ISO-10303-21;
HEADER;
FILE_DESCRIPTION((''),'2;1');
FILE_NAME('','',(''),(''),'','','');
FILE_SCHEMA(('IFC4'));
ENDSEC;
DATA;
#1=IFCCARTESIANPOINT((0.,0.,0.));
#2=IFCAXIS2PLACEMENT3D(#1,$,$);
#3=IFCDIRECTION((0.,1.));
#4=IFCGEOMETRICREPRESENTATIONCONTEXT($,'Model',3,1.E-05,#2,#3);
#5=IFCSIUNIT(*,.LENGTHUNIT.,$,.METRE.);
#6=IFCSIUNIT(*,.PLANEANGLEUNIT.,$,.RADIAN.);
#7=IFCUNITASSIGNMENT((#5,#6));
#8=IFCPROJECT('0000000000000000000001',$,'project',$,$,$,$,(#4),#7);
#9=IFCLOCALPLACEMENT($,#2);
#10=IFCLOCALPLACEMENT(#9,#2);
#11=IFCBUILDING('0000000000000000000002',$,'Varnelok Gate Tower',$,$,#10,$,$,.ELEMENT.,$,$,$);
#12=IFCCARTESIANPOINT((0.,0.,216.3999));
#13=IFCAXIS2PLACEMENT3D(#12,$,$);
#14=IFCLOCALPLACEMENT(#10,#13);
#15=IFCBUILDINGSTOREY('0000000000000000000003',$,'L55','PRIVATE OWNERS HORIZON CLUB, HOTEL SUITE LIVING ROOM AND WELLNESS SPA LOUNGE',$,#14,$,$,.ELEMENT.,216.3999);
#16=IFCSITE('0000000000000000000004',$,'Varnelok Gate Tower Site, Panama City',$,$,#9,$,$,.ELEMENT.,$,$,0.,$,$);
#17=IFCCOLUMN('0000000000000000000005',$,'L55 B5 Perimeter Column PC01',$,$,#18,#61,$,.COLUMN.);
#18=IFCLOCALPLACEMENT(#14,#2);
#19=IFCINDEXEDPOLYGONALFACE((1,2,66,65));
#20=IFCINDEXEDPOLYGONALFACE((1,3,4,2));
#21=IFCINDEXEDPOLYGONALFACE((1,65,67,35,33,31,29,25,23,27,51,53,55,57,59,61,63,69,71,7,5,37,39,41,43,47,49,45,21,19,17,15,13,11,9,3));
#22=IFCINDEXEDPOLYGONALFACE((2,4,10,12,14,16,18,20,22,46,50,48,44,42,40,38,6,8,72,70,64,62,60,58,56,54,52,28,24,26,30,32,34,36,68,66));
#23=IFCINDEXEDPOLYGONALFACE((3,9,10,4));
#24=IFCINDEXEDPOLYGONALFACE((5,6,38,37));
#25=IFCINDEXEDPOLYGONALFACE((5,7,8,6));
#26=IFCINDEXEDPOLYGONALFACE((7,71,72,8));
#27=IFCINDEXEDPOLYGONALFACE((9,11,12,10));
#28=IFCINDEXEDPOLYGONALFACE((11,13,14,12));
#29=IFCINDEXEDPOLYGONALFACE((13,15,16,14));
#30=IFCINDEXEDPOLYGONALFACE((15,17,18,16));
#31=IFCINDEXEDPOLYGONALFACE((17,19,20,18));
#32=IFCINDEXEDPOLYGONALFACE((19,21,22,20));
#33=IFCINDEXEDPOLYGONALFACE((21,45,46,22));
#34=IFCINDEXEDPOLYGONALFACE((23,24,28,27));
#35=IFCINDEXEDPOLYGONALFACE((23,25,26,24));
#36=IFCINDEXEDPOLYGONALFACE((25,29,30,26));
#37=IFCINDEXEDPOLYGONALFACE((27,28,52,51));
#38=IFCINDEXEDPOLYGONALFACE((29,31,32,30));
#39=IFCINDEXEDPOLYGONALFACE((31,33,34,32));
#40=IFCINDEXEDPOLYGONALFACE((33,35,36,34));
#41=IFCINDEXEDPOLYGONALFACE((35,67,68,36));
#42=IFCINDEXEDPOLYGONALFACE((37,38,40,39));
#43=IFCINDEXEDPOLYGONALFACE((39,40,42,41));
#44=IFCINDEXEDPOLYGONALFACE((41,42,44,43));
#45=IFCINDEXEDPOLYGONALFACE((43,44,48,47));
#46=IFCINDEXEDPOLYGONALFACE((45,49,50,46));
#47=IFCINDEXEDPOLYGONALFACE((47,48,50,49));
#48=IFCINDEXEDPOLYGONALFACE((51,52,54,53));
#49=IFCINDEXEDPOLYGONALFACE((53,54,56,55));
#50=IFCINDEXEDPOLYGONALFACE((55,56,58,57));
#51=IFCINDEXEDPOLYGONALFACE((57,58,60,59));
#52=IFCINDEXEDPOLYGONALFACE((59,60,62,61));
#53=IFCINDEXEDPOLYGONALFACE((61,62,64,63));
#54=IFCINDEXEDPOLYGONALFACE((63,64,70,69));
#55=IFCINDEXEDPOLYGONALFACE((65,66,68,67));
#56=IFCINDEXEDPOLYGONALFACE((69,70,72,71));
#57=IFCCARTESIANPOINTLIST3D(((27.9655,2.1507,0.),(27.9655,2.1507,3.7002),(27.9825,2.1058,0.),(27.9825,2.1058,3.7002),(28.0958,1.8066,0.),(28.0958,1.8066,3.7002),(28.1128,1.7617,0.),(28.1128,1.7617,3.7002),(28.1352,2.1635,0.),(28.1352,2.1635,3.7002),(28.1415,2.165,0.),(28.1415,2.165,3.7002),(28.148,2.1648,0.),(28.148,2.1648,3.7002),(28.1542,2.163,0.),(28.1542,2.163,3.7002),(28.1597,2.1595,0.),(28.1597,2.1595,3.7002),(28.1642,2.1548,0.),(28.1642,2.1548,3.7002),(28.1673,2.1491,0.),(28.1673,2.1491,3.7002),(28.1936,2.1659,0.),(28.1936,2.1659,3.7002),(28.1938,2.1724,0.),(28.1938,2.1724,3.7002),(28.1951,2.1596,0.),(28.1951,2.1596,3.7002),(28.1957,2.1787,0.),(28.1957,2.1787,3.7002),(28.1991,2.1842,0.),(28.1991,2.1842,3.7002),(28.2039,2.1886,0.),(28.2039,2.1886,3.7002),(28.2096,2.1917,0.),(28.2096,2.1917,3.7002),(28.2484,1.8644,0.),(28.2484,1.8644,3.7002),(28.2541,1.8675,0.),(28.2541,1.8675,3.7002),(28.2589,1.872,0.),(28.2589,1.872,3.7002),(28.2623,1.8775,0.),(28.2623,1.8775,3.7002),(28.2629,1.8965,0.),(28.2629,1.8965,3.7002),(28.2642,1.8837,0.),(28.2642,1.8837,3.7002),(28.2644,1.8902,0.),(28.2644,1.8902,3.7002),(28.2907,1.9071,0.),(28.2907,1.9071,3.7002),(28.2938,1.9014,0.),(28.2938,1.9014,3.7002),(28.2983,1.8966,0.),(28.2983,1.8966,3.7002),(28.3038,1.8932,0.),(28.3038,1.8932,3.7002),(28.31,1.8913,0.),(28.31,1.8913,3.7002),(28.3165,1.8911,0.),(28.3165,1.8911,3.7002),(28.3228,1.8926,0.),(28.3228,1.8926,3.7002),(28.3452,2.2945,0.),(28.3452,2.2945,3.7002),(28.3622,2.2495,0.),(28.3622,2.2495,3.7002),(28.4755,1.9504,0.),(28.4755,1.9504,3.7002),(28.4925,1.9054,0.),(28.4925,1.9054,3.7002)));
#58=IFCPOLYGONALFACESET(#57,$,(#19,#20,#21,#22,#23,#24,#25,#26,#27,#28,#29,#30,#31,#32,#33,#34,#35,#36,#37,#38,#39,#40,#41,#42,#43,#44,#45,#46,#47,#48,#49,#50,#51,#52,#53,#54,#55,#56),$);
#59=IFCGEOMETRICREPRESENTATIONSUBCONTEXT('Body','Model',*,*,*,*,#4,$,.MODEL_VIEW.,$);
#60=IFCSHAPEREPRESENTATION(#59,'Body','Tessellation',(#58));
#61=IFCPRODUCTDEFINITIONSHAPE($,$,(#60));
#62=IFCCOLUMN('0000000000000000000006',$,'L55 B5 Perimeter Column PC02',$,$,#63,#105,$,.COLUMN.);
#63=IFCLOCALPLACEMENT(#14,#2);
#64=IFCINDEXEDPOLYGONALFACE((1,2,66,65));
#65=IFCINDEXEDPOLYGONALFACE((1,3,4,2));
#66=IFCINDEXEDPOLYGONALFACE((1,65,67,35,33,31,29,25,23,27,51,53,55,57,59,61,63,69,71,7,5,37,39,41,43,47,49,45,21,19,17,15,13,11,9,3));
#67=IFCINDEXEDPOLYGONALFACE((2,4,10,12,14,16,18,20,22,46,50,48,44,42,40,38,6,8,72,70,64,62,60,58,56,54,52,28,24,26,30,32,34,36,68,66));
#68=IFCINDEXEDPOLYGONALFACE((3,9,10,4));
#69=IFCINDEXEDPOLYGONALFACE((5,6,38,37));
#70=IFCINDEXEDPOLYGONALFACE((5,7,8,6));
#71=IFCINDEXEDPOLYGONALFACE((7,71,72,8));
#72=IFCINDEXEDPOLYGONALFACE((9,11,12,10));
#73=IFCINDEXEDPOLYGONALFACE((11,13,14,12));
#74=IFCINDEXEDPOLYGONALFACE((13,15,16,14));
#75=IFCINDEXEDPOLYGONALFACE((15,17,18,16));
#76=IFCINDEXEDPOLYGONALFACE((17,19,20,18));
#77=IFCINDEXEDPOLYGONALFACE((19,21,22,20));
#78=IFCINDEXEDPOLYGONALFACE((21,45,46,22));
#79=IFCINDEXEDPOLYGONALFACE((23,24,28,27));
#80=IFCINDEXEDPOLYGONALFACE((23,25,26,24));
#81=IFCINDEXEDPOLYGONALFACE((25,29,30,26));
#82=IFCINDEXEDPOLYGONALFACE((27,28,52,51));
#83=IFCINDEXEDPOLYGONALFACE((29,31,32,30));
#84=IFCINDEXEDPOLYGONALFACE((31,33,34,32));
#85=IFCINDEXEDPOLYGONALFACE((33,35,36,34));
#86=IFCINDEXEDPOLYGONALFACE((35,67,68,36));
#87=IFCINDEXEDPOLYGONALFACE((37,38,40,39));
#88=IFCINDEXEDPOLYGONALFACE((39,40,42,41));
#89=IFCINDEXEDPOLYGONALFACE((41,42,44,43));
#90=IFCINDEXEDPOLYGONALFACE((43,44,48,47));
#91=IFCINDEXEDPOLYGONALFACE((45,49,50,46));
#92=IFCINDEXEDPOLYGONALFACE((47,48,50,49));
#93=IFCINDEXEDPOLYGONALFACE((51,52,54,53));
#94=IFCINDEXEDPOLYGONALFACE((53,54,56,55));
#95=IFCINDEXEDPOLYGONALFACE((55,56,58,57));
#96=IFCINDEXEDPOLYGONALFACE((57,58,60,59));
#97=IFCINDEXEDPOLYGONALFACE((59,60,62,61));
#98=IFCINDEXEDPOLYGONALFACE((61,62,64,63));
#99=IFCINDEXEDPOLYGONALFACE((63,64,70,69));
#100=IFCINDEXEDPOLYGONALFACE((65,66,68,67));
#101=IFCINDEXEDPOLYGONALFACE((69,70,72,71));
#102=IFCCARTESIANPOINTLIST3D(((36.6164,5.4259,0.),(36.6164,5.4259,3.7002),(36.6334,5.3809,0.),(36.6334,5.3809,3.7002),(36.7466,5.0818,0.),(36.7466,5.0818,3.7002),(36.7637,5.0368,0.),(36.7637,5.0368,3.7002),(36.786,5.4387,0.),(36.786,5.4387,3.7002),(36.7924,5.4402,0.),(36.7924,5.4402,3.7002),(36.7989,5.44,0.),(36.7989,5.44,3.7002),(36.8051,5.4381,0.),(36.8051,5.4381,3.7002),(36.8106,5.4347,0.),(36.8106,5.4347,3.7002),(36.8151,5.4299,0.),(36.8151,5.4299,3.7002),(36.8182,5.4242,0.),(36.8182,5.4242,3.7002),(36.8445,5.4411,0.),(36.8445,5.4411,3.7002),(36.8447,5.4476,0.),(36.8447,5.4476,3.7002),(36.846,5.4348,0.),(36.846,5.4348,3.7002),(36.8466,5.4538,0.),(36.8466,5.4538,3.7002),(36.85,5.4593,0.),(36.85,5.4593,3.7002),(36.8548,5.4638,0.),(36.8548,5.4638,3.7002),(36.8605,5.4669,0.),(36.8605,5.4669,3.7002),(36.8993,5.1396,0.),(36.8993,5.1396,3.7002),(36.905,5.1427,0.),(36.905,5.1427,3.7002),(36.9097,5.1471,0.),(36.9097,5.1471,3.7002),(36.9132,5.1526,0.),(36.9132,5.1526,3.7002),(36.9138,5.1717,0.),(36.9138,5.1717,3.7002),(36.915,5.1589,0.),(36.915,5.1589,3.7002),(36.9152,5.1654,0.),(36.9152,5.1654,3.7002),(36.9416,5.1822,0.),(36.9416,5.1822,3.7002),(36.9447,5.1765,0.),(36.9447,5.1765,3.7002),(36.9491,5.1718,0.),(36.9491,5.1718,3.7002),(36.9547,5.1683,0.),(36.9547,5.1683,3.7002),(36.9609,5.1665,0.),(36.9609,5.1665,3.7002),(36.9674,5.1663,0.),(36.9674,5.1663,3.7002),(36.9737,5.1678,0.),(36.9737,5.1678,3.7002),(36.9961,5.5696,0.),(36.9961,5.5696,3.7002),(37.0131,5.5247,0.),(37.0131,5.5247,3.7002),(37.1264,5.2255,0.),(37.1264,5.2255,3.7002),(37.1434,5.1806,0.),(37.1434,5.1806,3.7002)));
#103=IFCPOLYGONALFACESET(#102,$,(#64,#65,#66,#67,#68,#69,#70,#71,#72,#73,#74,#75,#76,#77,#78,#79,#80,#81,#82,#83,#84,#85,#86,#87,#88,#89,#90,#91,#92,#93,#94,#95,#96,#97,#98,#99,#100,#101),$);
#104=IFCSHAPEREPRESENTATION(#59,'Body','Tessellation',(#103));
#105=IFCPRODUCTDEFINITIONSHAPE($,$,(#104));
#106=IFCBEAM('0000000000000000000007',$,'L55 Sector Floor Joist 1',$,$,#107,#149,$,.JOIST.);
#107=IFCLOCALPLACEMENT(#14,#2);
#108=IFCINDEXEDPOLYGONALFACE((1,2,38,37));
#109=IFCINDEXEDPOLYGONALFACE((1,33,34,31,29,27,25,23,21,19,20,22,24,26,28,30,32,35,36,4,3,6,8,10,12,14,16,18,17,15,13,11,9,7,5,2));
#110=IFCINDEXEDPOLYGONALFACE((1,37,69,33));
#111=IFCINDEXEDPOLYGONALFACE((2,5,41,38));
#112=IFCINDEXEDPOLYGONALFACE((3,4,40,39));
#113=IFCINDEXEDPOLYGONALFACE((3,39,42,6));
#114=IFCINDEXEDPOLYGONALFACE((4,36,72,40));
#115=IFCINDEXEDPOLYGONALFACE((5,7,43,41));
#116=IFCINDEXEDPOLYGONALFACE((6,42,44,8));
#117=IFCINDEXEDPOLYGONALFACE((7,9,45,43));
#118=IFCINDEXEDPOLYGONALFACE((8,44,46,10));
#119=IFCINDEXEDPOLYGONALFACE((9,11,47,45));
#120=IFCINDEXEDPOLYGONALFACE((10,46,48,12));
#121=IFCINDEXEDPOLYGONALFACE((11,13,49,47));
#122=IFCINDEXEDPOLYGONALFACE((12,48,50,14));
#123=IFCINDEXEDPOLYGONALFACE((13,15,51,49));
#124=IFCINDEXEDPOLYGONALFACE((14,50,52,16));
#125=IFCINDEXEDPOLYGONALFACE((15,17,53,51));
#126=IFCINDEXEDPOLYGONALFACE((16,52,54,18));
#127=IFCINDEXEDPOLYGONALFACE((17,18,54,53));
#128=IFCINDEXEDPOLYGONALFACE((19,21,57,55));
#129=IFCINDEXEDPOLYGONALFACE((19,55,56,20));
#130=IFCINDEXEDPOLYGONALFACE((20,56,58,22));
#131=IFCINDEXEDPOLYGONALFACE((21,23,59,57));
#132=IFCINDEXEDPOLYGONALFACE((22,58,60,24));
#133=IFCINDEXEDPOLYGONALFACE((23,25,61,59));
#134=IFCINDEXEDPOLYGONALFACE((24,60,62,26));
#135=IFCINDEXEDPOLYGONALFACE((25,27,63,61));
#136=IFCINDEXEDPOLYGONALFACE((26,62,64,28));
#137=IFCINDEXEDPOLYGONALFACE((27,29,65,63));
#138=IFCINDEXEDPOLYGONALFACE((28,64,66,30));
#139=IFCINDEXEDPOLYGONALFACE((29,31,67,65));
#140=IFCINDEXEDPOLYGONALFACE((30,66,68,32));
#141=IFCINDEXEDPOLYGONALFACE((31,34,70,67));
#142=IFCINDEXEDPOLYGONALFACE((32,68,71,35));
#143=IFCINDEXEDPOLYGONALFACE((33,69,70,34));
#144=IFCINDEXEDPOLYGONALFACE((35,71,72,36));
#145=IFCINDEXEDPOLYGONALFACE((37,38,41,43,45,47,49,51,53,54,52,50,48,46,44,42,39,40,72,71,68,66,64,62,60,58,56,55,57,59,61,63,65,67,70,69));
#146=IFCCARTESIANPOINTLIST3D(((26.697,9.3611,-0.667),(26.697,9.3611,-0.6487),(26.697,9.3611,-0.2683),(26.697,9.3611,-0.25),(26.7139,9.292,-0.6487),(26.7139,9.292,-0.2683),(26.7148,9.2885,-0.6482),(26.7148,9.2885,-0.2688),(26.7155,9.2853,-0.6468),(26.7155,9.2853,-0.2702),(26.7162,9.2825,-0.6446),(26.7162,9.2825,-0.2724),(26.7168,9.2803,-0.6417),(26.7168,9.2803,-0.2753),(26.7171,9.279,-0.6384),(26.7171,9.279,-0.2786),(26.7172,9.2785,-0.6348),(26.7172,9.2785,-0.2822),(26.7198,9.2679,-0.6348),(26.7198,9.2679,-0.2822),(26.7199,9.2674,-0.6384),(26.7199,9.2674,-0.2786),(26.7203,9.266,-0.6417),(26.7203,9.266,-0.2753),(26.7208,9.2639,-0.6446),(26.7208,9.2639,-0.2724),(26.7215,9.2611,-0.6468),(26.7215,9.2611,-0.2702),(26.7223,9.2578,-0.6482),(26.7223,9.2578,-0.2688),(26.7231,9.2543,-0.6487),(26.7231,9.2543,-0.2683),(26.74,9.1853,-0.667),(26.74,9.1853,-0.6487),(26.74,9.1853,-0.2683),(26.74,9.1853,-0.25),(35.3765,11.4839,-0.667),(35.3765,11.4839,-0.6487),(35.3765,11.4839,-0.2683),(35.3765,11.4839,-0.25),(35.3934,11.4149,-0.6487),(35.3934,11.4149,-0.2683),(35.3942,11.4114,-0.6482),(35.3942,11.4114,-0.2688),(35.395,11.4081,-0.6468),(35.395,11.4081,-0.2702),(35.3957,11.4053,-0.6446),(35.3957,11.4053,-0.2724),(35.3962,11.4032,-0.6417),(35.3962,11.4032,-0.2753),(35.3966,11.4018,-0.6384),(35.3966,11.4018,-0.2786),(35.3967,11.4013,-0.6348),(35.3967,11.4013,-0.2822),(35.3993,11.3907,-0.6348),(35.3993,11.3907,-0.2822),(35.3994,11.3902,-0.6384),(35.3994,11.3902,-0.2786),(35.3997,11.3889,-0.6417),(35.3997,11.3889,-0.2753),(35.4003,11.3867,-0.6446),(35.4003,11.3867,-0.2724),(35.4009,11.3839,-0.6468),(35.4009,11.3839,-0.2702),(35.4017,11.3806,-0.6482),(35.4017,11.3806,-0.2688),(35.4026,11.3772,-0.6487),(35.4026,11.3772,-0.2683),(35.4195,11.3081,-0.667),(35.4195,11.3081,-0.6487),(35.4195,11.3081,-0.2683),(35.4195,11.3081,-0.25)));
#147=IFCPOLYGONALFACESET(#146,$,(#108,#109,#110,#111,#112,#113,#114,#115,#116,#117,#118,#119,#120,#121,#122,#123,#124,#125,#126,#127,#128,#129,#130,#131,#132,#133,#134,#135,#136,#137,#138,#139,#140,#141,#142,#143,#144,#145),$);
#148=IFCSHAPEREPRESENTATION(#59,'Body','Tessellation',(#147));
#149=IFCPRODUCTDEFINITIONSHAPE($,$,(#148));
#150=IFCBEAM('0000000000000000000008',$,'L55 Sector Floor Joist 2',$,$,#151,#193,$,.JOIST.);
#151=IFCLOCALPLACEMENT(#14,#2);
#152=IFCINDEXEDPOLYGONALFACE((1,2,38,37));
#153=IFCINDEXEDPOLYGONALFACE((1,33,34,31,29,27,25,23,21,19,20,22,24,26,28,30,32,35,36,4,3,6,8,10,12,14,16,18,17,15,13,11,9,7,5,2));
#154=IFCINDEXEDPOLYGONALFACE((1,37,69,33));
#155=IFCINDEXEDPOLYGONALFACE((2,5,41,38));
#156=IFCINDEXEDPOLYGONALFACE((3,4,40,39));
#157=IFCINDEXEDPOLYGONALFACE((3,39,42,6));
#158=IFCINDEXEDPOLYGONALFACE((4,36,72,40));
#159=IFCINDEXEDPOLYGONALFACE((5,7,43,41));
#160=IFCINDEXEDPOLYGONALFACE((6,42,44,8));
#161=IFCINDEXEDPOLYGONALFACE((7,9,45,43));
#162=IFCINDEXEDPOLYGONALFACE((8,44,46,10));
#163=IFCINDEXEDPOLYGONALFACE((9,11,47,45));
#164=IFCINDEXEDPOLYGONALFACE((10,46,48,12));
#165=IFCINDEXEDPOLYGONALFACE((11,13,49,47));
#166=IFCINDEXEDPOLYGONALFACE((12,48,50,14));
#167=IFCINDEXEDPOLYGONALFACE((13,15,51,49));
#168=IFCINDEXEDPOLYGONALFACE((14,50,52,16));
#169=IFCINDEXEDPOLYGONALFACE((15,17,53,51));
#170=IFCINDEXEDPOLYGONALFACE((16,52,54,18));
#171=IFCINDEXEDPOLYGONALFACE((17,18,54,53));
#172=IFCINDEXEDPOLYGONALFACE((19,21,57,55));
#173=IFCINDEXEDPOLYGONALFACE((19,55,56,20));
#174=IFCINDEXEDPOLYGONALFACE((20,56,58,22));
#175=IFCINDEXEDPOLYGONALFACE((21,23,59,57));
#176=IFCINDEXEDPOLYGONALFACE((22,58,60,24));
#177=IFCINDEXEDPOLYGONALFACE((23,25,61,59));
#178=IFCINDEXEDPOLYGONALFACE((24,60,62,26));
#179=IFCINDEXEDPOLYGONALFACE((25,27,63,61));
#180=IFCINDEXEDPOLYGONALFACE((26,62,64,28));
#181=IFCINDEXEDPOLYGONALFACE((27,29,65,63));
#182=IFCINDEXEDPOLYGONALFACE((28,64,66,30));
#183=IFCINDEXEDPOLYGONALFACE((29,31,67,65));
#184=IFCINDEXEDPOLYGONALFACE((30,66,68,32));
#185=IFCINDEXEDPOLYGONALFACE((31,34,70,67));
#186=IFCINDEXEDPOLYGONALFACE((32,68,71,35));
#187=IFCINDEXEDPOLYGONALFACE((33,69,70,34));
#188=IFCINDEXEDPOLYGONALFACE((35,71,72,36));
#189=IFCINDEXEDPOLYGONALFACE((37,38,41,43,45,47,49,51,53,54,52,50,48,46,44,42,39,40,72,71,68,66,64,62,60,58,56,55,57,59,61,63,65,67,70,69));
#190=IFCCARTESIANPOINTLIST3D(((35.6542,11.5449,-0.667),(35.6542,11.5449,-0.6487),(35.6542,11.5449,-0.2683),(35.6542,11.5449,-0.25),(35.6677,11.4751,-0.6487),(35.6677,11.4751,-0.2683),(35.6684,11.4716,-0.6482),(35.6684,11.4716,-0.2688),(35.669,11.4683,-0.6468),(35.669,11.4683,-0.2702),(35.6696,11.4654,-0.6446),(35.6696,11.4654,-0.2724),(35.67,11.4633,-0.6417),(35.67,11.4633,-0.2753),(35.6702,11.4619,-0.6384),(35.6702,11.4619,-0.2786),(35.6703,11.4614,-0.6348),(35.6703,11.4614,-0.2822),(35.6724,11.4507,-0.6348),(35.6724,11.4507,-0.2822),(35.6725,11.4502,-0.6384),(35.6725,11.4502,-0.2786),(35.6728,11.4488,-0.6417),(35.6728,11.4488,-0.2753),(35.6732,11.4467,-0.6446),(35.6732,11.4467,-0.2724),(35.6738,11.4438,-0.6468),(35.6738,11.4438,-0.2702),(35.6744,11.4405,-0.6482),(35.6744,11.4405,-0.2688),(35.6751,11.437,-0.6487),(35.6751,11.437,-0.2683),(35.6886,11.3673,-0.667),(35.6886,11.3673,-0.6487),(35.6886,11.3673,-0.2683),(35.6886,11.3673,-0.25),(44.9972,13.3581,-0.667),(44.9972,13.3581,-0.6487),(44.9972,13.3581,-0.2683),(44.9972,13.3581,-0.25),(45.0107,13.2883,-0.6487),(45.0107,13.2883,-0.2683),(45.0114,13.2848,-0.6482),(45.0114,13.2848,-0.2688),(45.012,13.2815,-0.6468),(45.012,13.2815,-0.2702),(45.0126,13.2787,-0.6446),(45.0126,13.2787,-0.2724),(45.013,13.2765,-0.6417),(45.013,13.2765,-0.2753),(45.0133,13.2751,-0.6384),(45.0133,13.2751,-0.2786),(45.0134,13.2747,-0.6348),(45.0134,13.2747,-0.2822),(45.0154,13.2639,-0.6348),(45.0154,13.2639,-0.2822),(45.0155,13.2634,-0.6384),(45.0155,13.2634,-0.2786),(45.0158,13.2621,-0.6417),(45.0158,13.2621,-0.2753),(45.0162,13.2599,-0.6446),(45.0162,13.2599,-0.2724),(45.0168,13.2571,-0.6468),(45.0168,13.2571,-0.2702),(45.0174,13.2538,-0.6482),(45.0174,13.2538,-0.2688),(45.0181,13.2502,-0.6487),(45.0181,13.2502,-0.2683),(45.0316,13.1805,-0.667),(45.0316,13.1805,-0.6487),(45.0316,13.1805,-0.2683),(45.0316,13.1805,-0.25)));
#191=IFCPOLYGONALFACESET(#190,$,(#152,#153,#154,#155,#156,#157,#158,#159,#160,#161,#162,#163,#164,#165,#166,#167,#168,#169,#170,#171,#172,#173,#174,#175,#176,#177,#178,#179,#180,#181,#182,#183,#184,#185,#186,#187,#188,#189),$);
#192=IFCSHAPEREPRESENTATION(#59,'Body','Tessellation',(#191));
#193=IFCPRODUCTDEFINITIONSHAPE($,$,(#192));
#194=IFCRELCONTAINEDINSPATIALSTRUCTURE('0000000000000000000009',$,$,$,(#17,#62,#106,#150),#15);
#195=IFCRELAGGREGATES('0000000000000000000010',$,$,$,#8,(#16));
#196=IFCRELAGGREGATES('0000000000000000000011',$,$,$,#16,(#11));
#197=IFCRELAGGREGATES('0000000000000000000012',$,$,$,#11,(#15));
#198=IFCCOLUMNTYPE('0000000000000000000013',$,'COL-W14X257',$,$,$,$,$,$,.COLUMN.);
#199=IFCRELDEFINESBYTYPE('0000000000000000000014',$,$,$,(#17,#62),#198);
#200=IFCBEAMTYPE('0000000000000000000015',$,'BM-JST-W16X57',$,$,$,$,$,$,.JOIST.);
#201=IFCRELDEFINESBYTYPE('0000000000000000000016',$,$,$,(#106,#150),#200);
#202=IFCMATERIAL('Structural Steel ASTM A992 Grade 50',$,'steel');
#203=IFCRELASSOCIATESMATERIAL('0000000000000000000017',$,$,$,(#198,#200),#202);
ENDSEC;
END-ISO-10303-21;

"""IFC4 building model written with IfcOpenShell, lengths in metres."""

from ifc_helpers import new_model, si_unit, direction, frame, origin, origin_2d, place, context, subcontext, project, spatial, i_section, extrude, material, material_profile, profile_set, type_object, element, save


model = new_model("IFC4")

# Units and contexts
model_context = context("Model", 3, precision=1e-05, world=origin(), true_north=direction((0.0, 1.0)))
body_context = subcontext(model_context, "Body", "Model", "MODEL_VIEW")
ifc_project = project(units=[si_unit("LENGTHUNIT", "METRE"), si_unit("PLANEANGLEUNIT", "RADIAN")], contexts=[model_context])

# Site, building, storey
site_placement = place(None, origin())
site = spatial("IfcSite", under=ifc_project, at=site_placement, Name="Varnelok Gate Tower Site, Panama City", CompositionType="ELEMENT", RefElevation=0.0)
building_placement = place(site_placement, origin())
building = spatial("IfcBuilding", under=site, at=building_placement, Name="Varnelok Gate Tower", CompositionType="ELEMENT")
storey_placement = place(building_placement, frame((0.0, 0.0, 216.3999)))
storey = spatial("IfcBuildingStorey", under=building, at=storey_placement, Name="L55", Description="PRIVATE OWNERS HORIZON CLUB, HOTEL SUITE LIVING ROOM AND WELLNESS SPA LOUNGE", CompositionType="ELEMENT", Elevation=216.3999)

# Columns
ifc_material_1 = material(Name="Structural Steel ASTM A992 Grade 50", Category="steel")
ifc_material_profile_1 = material_profile(ifc_material_1, i_section(OverallWidth=0.406, OverallDepth=0.416, WebThickness=0.0298, FlangeThickness=0.0481, FilletRadius=0.0249, at=origin_2d()), Name="W14X257")
ifc_profile_set_1 = profile_set([ifc_material_profile_1], Name="Structural Steel ASTM A992 Grade 50")
column_type = type_object("IfcColumnType", Name="COL-W14X257", PredefinedType="COLUMN", material=ifc_profile_set_1)
for number, where, z_axis, x_axis, name in (
    (1, (28.229, 2.0281, 0.0), (0.0, 0.0, 1.0), (0.935222, 0.354063, 0.0), "L55 B5 Perimeter Column PC01"),
    (2, (36.8799, 5.3032, 0.0), (0.0, 0.0, 1.0), (0.935222, 0.354063, 0.0), "L55 B5 Perimeter Column PC02"),
):
    element("IfcColumn", number, at=place(storey_placement, frame(where, z_axis=z_axis, x_axis=x_axis)), inside=storey, type_object=column_type, Name=name, PredefinedType="COLUMN", context=body_context, shape_type="SweptSolid", body=[
        extrude(i_section(OverallWidth=0.406, OverallDepth=0.416, WebThickness=0.0298, FlangeThickness=0.0481, FilletRadius=0.0249, at=origin_2d()), origin(), (0.0, 0.0, 1.0), 3.7002),
    ])

# Beams
ifc_material_profile_2 = material_profile(ifc_material_1, i_section(OverallWidth=0.1809, OverallDepth=0.417, WebThickness=0.011, FlangeThickness=0.0183, FilletRadius=0.0139, at=origin_2d()), Name="W16X57")
ifc_profile_set_2 = profile_set([ifc_material_profile_2], Name="Structural Steel ASTM A992 Grade 50")
beam_type_1 = type_object("IfcBeamType", Name="BM-JST-W16X57", PredefinedType="JOIST", material=ifc_profile_set_2)
beam_1_placement = place(storey_placement, frame((26.7185, 9.2732, -0.4585), z_axis=(0.971369, 0.237576, 0.0), x_axis=(-0.237576, 0.971369, 0.0)))
element("IfcBeam", 3, at=beam_1_placement, inside=storey, type_object=beam_type_1, Name="L55 Sector Floor Joist 1", PredefinedType="JOIST", context=body_context, shape_type="SweptSolid", body=[
    extrude(i_section(OverallWidth=0.1809, OverallDepth=0.417, WebThickness=0.011, FlangeThickness=0.0183, FilletRadius=0.0139, at=origin_2d()), origin(), (0.0, 0.0, 1.0), 8.9353),
])
beam_2_placement = place(storey_placement, frame((35.6714, 11.4561, -0.4585), z_axis=(0.981684, 0.190519, 0.0), x_axis=(-0.190519, 0.981684, 0.0)))
element("IfcBeam", 4, at=beam_2_placement, inside=storey, type_object=beam_type_1, Name="L55 Sector Floor Joist 2", PredefinedType="JOIST", context=body_context, shape_type="SweptSolid", body=[
    extrude(i_section(OverallWidth=0.1809, OverallDepth=0.417, WebThickness=0.011, FlangeThickness=0.0183, FilletRadius=0.0139, at=origin_2d()), origin(), (0.0, 0.0, 1.0), 9.5173),
])

save(model, "model.ifc")
